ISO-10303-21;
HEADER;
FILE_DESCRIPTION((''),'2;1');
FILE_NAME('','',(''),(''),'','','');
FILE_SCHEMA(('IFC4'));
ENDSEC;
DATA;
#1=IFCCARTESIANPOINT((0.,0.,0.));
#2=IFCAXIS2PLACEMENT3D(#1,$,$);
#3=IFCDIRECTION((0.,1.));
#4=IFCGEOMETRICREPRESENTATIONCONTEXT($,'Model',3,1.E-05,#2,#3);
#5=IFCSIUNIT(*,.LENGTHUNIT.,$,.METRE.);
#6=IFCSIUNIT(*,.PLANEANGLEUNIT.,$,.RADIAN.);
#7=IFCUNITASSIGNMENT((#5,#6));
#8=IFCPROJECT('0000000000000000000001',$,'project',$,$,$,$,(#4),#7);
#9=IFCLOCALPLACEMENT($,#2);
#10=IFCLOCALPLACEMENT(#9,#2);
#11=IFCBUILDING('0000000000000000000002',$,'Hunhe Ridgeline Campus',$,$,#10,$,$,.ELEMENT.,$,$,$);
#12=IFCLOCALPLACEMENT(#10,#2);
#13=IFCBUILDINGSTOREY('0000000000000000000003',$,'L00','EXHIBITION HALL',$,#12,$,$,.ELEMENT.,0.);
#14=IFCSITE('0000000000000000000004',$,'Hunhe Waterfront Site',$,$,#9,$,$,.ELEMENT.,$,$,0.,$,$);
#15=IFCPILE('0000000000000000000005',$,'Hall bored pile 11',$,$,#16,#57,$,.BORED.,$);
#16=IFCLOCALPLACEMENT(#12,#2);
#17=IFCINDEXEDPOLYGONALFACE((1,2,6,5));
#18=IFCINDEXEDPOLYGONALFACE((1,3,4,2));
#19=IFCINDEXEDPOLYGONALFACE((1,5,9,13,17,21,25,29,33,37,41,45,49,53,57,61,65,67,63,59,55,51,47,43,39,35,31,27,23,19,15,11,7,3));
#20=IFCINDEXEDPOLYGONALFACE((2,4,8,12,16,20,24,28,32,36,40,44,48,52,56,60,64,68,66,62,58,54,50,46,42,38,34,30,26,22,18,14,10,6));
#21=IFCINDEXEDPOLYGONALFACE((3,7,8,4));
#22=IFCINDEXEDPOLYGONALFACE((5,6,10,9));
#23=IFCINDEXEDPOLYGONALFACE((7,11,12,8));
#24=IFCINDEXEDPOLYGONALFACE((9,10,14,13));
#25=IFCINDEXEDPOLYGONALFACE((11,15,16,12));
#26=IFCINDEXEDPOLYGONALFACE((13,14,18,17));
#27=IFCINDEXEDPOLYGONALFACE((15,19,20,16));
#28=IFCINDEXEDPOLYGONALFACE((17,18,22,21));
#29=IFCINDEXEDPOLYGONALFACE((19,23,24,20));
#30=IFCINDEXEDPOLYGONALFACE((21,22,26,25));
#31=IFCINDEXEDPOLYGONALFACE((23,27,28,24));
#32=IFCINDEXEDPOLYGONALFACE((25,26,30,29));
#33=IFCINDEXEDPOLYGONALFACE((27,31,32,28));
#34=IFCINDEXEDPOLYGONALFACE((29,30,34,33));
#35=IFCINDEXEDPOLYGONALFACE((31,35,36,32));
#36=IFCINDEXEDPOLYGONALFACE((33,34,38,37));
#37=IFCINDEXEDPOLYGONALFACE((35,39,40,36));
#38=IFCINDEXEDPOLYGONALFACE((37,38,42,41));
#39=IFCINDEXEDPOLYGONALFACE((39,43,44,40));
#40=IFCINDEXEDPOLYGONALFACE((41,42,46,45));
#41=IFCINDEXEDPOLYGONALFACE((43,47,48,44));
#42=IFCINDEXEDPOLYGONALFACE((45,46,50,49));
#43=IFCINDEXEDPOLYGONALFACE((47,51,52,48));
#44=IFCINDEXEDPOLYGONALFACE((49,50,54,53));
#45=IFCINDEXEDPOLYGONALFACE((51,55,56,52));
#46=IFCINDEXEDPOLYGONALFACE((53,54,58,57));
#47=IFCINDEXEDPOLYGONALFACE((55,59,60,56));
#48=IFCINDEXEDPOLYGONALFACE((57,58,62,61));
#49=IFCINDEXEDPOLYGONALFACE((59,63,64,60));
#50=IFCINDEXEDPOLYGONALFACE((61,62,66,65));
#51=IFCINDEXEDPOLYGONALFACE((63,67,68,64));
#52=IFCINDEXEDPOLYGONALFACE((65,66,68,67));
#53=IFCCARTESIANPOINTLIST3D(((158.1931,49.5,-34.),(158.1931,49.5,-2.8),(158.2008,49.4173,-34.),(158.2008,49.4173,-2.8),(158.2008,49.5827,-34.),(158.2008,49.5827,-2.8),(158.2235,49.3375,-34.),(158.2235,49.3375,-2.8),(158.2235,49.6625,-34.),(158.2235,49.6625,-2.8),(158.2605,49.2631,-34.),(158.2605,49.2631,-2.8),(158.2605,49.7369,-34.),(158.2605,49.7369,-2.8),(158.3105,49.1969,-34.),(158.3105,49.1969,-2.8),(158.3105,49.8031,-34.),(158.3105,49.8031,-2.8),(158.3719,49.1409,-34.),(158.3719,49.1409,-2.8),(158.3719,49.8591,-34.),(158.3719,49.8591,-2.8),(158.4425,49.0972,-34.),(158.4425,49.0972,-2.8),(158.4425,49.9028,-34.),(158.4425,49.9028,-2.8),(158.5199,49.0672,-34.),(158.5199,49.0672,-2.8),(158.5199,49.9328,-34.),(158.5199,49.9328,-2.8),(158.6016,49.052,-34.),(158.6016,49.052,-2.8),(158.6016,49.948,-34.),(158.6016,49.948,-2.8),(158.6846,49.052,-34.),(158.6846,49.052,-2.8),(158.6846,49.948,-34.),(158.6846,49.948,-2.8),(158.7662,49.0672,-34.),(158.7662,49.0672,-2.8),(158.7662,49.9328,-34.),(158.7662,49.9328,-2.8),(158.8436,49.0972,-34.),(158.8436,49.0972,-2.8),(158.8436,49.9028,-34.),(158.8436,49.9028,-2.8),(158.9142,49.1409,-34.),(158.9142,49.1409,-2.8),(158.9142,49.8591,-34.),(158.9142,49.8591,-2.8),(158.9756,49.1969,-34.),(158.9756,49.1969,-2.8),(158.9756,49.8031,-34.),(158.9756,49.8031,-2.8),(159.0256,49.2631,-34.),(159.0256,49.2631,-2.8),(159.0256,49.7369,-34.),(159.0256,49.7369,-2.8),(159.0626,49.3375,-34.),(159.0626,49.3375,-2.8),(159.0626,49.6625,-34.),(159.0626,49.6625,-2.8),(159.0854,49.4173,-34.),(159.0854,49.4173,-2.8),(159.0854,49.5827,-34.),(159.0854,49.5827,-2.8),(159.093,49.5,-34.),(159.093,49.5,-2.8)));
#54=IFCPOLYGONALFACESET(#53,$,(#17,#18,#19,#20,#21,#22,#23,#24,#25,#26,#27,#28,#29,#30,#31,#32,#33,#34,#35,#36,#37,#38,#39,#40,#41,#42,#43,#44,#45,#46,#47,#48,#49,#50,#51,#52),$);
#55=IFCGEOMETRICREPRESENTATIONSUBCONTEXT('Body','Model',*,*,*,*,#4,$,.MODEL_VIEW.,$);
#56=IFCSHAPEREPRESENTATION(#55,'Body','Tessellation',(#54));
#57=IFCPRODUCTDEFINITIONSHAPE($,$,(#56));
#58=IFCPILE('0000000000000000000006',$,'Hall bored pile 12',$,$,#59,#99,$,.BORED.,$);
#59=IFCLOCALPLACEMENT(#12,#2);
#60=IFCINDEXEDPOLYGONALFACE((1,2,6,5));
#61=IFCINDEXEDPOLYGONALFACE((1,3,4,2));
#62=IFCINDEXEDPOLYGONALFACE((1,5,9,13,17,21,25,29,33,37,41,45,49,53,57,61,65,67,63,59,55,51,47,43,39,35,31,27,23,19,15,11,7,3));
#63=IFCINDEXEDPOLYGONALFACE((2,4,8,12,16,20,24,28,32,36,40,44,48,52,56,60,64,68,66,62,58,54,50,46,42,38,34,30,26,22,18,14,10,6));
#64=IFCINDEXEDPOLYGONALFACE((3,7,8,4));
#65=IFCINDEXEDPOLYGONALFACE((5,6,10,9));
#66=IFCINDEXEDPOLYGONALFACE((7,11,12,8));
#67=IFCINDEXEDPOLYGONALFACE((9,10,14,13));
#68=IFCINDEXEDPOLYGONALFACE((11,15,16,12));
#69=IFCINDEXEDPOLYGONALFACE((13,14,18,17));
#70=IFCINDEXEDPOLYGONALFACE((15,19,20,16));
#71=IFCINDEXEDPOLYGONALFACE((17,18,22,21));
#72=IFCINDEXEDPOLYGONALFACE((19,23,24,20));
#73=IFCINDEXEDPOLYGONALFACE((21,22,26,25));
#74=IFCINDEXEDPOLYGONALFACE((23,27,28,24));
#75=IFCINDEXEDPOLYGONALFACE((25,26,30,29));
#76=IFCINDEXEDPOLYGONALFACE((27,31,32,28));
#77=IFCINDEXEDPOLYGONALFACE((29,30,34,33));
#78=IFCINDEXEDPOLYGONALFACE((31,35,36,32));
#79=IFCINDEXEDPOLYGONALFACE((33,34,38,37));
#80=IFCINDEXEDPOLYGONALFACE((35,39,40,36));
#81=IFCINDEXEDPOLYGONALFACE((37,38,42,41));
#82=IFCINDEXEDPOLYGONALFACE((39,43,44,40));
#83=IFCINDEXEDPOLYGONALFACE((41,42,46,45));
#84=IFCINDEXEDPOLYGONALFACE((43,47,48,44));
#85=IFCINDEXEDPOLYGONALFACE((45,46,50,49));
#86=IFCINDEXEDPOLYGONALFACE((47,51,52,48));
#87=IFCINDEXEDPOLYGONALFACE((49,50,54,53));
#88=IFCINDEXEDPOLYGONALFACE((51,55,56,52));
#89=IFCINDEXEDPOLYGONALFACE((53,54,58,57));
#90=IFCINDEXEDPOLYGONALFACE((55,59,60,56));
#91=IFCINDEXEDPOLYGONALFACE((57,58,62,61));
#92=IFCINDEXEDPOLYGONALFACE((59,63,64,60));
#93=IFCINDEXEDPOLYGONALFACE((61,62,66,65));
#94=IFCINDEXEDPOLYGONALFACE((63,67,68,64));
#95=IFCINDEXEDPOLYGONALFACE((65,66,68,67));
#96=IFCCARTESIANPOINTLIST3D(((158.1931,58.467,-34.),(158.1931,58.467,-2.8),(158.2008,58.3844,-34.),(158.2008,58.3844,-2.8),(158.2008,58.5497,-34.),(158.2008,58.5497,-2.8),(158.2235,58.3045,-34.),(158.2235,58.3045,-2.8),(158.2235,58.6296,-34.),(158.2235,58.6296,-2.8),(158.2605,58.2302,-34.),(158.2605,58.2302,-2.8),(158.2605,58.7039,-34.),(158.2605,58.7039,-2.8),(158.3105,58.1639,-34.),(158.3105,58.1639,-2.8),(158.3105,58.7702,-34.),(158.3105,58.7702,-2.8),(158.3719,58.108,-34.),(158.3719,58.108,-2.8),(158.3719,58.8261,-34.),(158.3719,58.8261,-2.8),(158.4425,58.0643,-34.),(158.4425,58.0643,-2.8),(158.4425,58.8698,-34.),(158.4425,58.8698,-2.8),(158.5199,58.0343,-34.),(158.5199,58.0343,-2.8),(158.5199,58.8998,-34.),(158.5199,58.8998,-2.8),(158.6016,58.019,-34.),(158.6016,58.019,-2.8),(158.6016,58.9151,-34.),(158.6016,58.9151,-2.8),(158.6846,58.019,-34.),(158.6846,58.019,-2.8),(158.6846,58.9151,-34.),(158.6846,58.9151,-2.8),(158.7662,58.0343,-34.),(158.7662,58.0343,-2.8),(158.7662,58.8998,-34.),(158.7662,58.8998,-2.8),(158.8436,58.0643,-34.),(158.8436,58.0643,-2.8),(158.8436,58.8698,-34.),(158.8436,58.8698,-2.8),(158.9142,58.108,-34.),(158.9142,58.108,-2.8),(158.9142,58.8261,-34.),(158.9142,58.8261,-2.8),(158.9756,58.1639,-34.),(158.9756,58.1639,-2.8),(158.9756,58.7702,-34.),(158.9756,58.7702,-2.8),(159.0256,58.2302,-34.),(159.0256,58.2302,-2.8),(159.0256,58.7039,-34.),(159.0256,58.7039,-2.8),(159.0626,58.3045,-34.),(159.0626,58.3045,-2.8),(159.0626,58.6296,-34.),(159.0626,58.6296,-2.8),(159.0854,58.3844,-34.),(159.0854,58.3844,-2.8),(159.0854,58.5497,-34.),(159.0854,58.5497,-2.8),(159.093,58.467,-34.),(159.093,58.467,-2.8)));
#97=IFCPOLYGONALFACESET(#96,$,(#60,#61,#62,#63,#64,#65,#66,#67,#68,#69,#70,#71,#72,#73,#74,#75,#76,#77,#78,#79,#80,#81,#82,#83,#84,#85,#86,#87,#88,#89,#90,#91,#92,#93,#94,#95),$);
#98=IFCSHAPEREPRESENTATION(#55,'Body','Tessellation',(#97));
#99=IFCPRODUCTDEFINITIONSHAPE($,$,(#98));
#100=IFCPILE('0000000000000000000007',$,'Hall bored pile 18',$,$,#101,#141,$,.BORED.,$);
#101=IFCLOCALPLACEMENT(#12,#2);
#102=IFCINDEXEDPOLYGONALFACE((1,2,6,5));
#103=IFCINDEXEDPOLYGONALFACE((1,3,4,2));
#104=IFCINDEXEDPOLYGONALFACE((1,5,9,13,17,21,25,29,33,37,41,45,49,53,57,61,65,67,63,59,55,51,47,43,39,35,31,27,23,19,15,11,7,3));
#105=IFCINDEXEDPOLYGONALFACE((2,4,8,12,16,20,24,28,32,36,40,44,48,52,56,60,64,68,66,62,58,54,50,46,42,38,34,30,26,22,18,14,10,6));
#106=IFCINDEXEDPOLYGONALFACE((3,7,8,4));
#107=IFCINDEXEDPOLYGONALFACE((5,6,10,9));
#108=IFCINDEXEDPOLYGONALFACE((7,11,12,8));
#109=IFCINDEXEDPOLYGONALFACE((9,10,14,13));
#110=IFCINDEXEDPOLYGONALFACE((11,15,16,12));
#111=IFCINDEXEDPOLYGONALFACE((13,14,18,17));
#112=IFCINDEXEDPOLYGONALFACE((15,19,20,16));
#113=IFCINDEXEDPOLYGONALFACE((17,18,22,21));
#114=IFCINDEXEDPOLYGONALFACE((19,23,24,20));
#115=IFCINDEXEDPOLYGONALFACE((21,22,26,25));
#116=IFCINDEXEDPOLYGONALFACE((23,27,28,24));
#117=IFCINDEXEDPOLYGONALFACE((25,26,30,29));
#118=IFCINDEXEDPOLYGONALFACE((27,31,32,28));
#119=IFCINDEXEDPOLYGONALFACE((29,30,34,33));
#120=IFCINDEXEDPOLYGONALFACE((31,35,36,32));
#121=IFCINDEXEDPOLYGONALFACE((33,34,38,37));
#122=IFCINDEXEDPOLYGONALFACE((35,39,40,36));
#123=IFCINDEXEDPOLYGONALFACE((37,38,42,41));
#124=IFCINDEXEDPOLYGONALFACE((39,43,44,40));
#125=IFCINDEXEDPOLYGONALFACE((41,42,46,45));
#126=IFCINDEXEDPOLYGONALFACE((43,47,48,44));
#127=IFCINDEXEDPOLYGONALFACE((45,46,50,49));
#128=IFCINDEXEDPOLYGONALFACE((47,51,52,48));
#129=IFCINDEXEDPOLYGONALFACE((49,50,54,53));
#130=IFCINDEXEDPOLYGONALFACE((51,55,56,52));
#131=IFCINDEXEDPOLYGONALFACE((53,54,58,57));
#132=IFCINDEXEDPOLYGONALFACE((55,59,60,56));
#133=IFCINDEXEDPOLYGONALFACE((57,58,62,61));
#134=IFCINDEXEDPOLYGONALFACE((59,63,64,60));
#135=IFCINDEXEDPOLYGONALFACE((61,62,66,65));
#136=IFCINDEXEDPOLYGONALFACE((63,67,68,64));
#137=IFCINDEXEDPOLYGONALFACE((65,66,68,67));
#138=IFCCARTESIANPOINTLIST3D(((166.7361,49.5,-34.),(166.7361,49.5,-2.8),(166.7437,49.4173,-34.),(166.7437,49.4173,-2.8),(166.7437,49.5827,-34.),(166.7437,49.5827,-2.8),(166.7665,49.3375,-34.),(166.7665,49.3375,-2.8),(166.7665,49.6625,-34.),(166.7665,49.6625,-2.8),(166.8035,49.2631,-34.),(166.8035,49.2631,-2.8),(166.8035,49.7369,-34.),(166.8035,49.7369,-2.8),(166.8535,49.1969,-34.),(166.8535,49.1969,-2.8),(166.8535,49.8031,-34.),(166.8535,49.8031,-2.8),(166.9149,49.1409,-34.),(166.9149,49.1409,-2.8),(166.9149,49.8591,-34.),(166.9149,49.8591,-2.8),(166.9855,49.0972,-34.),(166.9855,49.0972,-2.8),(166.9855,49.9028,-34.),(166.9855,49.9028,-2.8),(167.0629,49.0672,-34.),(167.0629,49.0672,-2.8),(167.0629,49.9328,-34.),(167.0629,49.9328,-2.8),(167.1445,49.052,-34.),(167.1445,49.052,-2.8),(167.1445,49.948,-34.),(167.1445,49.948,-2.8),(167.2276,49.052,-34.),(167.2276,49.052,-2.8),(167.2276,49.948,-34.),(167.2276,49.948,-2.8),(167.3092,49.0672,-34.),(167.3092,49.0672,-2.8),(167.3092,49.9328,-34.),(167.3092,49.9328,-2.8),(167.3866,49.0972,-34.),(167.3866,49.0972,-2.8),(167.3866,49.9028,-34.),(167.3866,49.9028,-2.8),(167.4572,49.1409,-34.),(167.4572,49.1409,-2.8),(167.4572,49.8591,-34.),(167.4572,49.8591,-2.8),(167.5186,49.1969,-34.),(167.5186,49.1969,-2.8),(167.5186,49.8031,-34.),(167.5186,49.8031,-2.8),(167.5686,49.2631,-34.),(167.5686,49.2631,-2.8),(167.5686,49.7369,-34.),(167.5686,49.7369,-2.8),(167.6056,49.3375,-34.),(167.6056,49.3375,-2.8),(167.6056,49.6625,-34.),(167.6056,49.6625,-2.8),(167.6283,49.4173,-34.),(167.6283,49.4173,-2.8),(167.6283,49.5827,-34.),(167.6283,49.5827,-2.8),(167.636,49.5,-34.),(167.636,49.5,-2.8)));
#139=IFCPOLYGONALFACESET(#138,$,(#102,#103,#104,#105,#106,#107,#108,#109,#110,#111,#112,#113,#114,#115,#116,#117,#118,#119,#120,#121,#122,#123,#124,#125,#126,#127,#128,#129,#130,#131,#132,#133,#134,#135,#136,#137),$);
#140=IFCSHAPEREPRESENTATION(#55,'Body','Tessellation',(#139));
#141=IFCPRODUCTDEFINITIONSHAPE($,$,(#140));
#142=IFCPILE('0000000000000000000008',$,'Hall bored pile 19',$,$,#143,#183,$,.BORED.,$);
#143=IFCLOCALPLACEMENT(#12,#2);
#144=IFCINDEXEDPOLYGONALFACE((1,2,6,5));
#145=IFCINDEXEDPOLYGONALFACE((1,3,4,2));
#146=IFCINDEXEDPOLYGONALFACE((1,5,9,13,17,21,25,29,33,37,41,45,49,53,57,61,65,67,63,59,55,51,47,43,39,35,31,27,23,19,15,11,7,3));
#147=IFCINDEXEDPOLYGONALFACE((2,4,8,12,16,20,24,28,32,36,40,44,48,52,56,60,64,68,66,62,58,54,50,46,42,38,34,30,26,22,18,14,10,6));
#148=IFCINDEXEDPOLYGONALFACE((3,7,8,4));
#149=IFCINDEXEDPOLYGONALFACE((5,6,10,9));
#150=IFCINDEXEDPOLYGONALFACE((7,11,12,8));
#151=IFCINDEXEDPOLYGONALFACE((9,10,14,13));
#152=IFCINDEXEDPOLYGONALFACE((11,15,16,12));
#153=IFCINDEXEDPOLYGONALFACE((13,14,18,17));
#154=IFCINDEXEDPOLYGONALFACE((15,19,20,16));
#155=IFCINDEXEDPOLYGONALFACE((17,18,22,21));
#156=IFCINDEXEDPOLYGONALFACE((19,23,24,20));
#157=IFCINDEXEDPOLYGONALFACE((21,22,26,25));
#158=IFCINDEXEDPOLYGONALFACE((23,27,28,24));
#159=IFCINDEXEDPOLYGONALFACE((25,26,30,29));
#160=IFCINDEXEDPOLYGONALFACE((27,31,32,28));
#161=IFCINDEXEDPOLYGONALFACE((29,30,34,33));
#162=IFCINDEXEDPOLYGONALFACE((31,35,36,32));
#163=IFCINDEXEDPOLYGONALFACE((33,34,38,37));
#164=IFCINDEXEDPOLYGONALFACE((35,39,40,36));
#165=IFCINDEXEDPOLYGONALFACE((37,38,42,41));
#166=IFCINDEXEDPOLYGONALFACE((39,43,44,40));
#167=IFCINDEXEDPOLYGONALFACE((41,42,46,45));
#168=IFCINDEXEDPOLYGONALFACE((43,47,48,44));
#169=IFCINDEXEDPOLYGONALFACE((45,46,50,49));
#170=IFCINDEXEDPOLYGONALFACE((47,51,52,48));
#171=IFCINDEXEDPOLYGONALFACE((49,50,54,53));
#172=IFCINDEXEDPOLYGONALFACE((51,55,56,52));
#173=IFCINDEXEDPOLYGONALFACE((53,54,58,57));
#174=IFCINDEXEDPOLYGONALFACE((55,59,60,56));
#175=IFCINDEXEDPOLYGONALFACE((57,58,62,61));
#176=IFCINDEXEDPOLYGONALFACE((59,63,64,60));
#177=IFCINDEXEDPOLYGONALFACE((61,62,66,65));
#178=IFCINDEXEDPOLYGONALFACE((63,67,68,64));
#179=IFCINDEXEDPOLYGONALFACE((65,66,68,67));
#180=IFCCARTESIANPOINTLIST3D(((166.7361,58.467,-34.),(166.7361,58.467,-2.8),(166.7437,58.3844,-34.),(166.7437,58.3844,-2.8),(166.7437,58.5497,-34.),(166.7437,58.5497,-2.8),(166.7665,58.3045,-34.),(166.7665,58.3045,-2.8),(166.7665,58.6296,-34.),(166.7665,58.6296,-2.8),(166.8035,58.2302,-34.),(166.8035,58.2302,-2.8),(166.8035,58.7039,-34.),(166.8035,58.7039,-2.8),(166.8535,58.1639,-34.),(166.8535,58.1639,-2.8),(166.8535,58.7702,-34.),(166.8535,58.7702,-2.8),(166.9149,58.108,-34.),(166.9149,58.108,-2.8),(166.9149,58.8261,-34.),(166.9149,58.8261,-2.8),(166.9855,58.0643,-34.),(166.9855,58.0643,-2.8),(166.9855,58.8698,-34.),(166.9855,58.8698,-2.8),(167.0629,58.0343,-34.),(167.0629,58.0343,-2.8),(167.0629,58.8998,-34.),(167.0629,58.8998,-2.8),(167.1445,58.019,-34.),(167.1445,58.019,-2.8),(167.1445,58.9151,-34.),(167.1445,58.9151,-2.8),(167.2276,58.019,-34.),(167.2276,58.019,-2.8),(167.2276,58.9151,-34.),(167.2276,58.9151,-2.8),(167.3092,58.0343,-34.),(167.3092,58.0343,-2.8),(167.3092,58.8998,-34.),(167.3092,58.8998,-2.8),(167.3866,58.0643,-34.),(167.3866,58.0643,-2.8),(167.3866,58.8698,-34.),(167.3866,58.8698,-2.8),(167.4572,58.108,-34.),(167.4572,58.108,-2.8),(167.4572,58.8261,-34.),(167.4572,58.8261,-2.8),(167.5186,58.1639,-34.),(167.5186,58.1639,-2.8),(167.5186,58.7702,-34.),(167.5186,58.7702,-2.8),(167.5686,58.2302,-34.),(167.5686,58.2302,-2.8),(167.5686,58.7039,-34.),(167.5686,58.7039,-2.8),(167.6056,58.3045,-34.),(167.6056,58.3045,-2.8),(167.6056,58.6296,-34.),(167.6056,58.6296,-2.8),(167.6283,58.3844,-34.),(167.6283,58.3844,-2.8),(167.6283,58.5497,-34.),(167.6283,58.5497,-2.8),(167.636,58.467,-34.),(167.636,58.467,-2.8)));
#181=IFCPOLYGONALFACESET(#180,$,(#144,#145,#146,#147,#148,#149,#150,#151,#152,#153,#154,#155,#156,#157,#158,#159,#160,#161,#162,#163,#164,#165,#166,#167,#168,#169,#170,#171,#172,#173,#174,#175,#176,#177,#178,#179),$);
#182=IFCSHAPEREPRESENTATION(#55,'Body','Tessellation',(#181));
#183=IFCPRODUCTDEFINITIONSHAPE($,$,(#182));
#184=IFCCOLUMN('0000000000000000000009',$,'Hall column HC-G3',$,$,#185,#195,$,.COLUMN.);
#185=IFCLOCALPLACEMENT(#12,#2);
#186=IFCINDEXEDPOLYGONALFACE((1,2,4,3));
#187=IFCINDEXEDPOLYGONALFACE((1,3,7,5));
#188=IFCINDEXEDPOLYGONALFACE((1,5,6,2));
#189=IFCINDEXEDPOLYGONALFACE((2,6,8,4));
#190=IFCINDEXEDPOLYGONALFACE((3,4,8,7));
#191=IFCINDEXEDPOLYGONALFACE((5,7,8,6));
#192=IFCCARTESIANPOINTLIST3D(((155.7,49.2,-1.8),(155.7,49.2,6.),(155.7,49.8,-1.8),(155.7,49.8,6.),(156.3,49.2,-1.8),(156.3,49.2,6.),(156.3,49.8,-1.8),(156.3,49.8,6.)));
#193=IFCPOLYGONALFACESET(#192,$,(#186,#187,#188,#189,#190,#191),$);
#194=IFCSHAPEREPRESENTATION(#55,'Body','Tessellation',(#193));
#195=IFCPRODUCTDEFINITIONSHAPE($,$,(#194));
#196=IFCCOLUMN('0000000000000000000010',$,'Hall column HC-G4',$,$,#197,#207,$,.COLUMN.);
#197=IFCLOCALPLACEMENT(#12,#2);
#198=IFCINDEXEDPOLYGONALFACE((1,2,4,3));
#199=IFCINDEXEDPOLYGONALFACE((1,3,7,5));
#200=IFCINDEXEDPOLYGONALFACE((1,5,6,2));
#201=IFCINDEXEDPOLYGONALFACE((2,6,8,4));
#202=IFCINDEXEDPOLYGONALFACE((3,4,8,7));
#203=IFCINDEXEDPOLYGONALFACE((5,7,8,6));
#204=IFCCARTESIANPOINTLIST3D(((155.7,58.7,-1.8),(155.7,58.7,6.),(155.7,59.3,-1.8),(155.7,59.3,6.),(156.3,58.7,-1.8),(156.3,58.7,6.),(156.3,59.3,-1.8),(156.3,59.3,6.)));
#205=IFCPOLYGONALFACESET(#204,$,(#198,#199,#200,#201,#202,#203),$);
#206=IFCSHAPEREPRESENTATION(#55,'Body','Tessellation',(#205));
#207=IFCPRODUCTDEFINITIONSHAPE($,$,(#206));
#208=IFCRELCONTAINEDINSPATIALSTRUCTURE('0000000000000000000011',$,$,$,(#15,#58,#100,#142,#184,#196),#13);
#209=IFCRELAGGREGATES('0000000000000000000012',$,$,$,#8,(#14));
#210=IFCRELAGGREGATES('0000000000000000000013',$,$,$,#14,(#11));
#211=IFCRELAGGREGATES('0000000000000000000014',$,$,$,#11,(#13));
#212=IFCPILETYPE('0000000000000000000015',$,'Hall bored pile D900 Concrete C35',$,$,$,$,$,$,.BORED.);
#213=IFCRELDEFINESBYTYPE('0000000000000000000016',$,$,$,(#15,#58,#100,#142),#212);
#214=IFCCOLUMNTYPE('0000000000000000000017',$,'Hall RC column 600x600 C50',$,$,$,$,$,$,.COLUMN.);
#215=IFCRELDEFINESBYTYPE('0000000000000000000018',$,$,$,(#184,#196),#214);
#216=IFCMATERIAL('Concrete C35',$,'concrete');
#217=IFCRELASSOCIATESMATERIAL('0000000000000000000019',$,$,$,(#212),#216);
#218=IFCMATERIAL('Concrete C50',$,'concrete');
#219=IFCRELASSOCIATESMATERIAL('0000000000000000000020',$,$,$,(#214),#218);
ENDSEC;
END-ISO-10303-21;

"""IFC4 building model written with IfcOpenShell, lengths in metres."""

from ifc_helpers import new_model, si_unit, direction, frame, origin, origin_2d, place, context, subcontext, project, spatial, rectangle, circle, extrude, material, material_profile, profile_set, type_object, element, save


model = new_model("IFC4")

# Units and contexts
model_context = context("Model", 3, precision=1e-05, world=origin(), true_north=direction((0.0, 1.0)))
body_context = subcontext(model_context, "Body", "Model", "MODEL_VIEW")
ifc_project = project(units=[si_unit("LENGTHUNIT", "METRE"), si_unit("PLANEANGLEUNIT", "RADIAN")], contexts=[model_context])

# Site, building, storey
site_placement = place(None, origin())
site = spatial("IfcSite", under=ifc_project, at=site_placement, Name="Hunhe Waterfront Site", CompositionType="ELEMENT", RefElevation=0.0)
building_placement = place(site_placement, origin())
building = spatial("IfcBuilding", under=site, at=building_placement, Name="Hunhe Ridgeline Campus", CompositionType="ELEMENT")
storey_placement = place(building_placement, origin())
storey = spatial("IfcBuildingStorey", under=building, at=storey_placement, Name="L00", Description="EXHIBITION HALL", CompositionType="ELEMENT", Elevation=0.0)

# Piles
ifc_material_1 = material(Name="Concrete C35", Category="concrete")
ifc_material_profile_1 = material_profile(ifc_material_1, circle(Radius=0.45, at=origin_2d()))
ifc_profile_set_1 = profile_set([ifc_material_profile_1], Name="Concrete C35")
pile_type = type_object("IfcPileType", Name="Hall bored pile D900 Concrete C35", PredefinedType="BORED", material=ifc_profile_set_1)
for number, where, z_axis, x_axis, name in (
    (1, (158.6431, 49.5, -2.8), (0.0, 0.0, -1.0), (1.0, 0.0, 0.0), "Hall bored pile 11"),
    (2, (158.6431, 58.467, -2.8), (0.0, 0.0, -1.0), (1.0, 0.0, 0.0), "Hall bored pile 12"),
    (3, (167.186, 49.5, -2.8), (0.0, 0.0, -1.0), (1.0, 0.0, 0.0), "Hall bored pile 18"),
    (4, (167.186, 58.467, -2.8), (0.0, 0.0, -1.0), (1.0, 0.0, 0.0), "Hall bored pile 19"),
):
    element("IfcPile", number, at=place(storey_placement, frame(where, z_axis=z_axis, x_axis=x_axis)), inside=storey, type_object=pile_type, Name=name, PredefinedType="BORED", context=body_context, shape_type="SweptSolid", body=[
        extrude(circle(Radius=0.45, at=origin_2d()), origin(), (0.0, 0.0, 1.0), 31.2),
    ])

# Columns
ifc_material_2 = material(Name="Concrete C50", Category="concrete")
ifc_material_profile_2 = material_profile(ifc_material_2, rectangle(XDim=0.6001, YDim=0.6001, at=origin_2d()))
ifc_profile_set_2 = profile_set([ifc_material_profile_2], Name="Concrete C50")
column_type = type_object("IfcColumnType", Name="Hall RC column 600x600 C50", PredefinedType="COLUMN", material=ifc_profile_set_2)
for number, where, z_axis, x_axis, name in (
    (5, (156.0, 49.5, -1.8), (0.0, 0.0, 1.0), (1.0, 0.0, 0.0), "Hall column HC-G3"),
    (6, (156.0, 59.0, -1.8), (0.0, 0.0, 1.0), (1.0, 0.0, 0.0), "Hall column HC-G4"),
):
    element("IfcColumn", number, at=place(storey_placement, frame(where, z_axis=z_axis, x_axis=x_axis)), inside=storey, type_object=column_type, Name=name, PredefinedType="COLUMN", context=body_context, shape_type="SweptSolid", body=[
        extrude(rectangle(XDim=0.6001, YDim=0.6001, at=origin_2d()), origin(), (0.0, 0.0, 1.0), 7.8),
    ])

save(model, "model.ifc")
